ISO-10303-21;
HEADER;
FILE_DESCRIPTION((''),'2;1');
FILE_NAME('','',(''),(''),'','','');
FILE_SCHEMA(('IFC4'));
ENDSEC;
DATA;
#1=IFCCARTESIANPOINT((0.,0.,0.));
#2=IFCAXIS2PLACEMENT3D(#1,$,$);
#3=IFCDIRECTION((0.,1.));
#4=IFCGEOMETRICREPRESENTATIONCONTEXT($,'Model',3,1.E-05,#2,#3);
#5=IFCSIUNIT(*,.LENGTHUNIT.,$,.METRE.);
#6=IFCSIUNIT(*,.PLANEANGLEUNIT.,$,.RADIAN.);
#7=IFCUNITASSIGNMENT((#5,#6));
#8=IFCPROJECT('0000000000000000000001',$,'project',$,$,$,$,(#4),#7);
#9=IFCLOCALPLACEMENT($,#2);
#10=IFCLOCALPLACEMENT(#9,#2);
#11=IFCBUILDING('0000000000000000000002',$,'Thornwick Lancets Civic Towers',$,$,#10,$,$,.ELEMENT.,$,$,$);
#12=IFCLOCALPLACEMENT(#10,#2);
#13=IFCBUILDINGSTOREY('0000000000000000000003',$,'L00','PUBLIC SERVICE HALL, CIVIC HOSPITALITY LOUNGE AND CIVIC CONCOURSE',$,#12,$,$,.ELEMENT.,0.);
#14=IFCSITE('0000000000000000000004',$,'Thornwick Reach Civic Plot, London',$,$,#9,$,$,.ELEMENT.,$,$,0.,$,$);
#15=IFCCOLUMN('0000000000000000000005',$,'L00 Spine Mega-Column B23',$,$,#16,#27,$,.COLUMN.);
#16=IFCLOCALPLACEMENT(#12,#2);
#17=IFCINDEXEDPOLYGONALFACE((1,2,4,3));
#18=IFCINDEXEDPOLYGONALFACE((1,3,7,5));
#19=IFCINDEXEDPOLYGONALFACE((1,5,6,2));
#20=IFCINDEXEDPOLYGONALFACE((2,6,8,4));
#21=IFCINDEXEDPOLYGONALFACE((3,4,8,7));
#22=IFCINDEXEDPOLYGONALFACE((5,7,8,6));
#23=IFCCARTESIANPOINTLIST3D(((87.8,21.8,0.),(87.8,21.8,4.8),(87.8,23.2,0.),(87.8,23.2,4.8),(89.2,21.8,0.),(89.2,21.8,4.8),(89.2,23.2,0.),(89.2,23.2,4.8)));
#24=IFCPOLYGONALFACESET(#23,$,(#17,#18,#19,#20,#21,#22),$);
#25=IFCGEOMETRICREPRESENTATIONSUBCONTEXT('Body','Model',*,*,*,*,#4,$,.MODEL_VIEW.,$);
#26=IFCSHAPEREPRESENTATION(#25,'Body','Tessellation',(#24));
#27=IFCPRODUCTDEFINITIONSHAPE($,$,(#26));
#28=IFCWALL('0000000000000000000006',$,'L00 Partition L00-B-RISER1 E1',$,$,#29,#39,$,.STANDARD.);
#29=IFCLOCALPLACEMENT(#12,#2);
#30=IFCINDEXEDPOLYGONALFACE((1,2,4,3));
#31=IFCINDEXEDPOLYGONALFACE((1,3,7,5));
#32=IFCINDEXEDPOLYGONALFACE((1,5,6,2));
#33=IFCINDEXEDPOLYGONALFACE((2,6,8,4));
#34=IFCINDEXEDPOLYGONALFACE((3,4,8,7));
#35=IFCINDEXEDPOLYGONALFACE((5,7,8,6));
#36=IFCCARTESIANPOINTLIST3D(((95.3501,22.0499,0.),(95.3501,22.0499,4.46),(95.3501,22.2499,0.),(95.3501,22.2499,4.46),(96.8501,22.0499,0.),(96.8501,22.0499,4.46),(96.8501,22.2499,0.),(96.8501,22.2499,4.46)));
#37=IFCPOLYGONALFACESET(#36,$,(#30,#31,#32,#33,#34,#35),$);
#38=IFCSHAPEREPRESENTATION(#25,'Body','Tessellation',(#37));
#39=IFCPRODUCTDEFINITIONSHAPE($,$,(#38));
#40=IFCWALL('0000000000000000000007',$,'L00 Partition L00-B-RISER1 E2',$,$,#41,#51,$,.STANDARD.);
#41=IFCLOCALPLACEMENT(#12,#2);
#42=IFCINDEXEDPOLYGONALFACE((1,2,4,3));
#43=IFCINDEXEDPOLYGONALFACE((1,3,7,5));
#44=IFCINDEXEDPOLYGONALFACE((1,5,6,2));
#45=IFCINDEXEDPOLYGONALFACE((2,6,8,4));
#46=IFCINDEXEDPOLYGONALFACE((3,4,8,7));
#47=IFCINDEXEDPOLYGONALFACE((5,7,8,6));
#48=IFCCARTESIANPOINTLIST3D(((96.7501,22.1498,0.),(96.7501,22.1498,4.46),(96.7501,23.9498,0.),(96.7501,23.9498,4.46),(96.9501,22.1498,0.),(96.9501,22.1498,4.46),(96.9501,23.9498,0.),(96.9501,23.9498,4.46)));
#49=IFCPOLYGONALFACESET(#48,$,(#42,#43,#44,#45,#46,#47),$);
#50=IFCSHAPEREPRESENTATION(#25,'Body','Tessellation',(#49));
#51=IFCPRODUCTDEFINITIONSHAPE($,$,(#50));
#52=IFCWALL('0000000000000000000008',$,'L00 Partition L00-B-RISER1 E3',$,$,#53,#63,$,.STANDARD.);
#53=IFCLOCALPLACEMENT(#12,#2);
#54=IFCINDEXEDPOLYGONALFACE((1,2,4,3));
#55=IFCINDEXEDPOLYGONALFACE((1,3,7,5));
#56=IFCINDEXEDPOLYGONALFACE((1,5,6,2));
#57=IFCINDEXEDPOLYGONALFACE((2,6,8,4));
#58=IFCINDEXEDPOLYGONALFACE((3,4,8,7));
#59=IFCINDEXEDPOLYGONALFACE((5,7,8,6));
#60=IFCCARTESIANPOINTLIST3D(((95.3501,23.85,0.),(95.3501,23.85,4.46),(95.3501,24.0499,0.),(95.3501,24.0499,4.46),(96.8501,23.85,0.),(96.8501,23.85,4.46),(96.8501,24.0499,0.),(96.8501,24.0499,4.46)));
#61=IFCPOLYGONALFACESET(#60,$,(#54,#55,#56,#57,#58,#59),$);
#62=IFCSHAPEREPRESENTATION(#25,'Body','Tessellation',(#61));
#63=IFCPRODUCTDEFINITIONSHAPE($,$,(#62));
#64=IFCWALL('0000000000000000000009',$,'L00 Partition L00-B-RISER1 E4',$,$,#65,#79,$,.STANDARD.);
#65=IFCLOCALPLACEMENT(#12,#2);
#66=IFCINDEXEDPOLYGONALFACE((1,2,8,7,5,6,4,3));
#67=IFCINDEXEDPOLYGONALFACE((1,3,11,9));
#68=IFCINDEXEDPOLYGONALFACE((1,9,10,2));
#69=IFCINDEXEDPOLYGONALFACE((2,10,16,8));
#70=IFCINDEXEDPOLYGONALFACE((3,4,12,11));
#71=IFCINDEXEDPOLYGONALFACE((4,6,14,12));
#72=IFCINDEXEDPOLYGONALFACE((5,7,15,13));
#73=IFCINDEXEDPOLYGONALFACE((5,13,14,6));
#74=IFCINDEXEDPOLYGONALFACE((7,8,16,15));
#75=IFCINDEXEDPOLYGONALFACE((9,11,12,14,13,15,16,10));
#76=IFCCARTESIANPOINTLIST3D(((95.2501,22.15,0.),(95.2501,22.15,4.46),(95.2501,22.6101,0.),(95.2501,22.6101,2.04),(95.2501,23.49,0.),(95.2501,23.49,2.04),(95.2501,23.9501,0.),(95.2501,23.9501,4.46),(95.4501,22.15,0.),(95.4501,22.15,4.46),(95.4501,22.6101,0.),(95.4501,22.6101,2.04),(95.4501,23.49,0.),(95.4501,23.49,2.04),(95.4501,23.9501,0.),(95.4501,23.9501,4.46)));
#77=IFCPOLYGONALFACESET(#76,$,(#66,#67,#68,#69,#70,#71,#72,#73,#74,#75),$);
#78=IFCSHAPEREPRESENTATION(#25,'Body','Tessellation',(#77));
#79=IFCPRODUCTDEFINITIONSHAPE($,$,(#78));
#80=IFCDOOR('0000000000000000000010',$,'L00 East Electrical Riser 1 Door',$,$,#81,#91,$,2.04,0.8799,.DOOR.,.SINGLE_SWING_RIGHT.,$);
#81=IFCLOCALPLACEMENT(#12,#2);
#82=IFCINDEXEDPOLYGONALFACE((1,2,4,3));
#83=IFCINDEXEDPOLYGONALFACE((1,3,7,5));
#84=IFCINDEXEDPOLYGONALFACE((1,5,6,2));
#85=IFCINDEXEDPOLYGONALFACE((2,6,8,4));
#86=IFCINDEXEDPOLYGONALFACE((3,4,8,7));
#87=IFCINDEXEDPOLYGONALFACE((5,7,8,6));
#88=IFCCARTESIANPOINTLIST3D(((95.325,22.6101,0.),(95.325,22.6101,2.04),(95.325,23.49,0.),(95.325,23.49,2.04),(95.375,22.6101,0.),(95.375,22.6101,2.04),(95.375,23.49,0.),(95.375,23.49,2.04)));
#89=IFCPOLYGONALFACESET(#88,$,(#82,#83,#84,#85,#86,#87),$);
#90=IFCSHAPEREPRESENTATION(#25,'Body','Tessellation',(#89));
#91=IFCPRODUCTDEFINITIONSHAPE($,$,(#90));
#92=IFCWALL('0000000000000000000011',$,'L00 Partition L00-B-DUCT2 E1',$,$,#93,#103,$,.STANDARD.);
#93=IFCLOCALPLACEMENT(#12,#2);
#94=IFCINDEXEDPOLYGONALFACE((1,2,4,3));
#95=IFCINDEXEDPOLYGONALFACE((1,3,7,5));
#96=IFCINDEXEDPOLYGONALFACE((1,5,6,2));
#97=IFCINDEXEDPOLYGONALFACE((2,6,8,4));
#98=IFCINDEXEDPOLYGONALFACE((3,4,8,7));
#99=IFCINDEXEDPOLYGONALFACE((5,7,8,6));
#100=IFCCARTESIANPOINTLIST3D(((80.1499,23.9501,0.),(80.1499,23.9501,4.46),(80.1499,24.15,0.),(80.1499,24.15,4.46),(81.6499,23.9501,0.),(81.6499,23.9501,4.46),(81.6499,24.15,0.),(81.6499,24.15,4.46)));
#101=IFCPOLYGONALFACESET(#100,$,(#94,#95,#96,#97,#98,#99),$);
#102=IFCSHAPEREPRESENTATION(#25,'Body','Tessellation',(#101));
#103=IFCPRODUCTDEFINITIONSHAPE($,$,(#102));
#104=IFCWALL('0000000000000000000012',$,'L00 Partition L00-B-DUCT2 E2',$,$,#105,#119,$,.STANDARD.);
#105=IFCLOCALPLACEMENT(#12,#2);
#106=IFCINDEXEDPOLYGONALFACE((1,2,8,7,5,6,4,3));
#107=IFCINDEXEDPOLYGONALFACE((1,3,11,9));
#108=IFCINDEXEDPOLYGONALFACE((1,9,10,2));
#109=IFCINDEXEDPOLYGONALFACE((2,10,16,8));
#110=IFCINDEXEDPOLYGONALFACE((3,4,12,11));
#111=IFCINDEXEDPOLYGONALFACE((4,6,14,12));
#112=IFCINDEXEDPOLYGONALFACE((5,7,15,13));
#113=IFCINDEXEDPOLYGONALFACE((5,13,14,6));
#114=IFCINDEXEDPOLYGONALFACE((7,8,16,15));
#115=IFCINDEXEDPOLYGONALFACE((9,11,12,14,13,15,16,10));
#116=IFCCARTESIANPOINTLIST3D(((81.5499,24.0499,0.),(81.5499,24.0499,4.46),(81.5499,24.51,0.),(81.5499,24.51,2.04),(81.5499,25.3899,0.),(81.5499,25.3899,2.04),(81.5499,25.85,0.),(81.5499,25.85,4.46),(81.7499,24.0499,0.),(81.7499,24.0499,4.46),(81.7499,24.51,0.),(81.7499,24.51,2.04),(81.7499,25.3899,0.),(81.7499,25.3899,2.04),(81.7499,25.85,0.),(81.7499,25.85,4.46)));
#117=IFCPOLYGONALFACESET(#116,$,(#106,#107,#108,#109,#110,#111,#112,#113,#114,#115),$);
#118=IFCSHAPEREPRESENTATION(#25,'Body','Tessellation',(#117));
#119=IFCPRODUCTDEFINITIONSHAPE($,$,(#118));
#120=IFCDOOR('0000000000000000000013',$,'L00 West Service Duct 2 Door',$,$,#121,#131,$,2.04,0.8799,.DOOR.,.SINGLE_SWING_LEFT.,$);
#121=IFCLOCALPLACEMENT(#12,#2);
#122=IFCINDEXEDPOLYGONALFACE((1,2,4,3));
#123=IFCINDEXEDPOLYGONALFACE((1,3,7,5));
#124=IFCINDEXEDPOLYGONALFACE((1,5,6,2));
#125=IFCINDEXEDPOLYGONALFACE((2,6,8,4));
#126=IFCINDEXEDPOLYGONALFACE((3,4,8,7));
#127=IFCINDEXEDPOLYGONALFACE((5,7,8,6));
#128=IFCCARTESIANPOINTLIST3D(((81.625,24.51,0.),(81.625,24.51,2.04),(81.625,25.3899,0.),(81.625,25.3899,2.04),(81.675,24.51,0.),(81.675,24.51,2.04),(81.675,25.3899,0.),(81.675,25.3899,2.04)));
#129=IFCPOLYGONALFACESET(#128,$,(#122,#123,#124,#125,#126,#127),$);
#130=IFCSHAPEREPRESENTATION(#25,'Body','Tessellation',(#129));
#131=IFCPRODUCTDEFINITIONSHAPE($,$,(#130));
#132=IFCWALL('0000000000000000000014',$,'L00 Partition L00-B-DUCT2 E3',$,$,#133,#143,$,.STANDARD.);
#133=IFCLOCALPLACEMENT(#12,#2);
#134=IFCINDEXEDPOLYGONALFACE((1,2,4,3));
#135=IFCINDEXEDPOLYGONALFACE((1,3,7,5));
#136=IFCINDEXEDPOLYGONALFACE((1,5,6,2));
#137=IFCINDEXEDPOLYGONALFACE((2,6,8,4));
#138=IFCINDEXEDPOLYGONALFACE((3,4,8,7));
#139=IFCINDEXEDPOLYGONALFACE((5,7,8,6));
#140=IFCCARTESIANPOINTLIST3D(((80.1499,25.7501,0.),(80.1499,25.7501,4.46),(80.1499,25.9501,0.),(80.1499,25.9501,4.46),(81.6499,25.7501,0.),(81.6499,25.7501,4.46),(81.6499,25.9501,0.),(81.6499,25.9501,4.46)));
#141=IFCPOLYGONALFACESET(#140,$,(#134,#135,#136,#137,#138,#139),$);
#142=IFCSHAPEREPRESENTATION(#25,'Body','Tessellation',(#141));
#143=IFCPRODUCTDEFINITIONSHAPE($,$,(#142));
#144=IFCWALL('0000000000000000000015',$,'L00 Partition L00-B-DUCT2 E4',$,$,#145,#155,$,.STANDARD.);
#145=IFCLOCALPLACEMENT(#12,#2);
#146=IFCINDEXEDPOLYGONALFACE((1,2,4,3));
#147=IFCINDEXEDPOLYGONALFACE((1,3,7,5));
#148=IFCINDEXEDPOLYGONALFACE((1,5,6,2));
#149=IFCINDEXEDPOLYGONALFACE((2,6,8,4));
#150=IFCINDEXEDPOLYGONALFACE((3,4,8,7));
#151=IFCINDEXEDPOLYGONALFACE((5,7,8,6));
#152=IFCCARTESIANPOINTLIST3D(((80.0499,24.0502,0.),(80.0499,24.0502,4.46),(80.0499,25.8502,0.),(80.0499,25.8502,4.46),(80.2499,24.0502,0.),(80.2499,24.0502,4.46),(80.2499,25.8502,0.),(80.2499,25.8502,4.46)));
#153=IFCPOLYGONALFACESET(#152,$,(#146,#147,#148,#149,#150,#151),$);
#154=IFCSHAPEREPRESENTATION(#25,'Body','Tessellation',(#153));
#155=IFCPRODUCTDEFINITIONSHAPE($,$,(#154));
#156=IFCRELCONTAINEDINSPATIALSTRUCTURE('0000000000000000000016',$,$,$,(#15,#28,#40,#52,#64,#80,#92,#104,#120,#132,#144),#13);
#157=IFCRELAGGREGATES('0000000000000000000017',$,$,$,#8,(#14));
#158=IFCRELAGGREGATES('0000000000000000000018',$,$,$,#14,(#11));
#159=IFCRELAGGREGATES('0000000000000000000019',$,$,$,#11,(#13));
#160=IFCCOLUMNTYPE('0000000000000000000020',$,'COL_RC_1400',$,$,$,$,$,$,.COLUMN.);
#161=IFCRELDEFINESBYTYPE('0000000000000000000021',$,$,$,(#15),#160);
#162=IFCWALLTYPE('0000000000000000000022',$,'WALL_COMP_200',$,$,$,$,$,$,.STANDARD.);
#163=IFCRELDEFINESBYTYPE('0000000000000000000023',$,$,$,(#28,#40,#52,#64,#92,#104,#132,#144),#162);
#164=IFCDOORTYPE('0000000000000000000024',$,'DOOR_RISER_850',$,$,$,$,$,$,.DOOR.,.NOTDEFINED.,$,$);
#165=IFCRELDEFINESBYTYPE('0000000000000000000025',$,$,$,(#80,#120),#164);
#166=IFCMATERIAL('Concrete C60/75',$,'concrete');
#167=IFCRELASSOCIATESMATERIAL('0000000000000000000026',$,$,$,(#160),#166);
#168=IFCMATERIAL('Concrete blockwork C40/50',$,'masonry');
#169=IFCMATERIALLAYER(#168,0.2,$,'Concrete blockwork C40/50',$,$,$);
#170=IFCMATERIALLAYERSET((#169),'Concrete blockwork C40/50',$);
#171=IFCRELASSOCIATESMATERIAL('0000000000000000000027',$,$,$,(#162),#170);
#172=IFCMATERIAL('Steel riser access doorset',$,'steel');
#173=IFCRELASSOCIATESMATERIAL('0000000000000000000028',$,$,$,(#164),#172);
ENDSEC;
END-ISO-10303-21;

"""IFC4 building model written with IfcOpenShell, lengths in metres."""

from ifc_helpers import new_model, si_unit, direction, frame, frame_2d, origin, origin_2d, place, context, subcontext, project, spatial, rectangle, extrude, material, layer, layer_set, material_profile, profile_set, type_object, element, fill, save


model = new_model("IFC4")

# Units and contexts
model_context = context("Model", 3, precision=1e-05, world=origin(), true_north=direction((0.0, 1.0)))
body_context = subcontext(model_context, "Body", "Model", "MODEL_VIEW")
ifc_project = project(units=[si_unit("LENGTHUNIT", "METRE"), si_unit("PLANEANGLEUNIT", "RADIAN")], contexts=[model_context])

# Site, building, storey
site_placement = place(None, origin())
site = spatial("IfcSite", under=ifc_project, at=site_placement, Name="Thornwick Reach Civic Plot, London", CompositionType="ELEMENT", RefElevation=0.0)
building_placement = place(site_placement, origin())
building = spatial("IfcBuilding", under=site, at=building_placement, Name="Thornwick Lancets Civic Towers", CompositionType="ELEMENT")
storey_placement = place(building_placement, origin())
storey = spatial("IfcBuildingStorey", under=building, at=storey_placement, Name="L00", Description="PUBLIC SERVICE HALL, CIVIC HOSPITALITY LOUNGE AND CIVIC CONCOURSE", CompositionType="ELEMENT", Elevation=0.0)

# Column
ifc_material_1 = material(Name="Concrete C60/75", Category="concrete")
ifc_material_profile = material_profile(ifc_material_1, rectangle(XDim=1.3999, YDim=1.3999, at=origin_2d()), Name="RC 1400x1400")
ifc_profile_set = profile_set([ifc_material_profile], Name="Concrete C60/75")
column_type = type_object("IfcColumnType", Name="COL_RC_1400", PredefinedType="COLUMN", material=ifc_profile_set)
column_placement = place(storey_placement, frame((88.5, 22.5, 0.0), z_axis=(0.0, 0.0, 1.0), x_axis=(1.0, 0.0, 0.0)))
element("IfcColumn", 1, at=column_placement, inside=storey, type_object=column_type, Name="L00 Spine Mega-Column B23", PredefinedType="COLUMN", context=body_context, shape_type="SweptSolid", body=[
    extrude(rectangle(XDim=1.3999, YDim=1.3999, at=origin_2d()), origin(), (0.0, 0.0, 1.0), 4.8),
])

# Walls
ifc_material_2 = material(Name="Concrete blockwork C40/50", Category="masonry")
ifc_layer_1 = layer(ifc_material_2, 0.2, Name="Concrete blockwork C40/50")
ifc_layer_set_1 = layer_set([ifc_layer_1], Name="Concrete blockwork C40/50")
wall_type_1 = type_object("IfcWallType", Name="WALL_COMP_200", PredefinedType="STANDARD", material=ifc_layer_set_1)
wall_1_placement = place(storey_placement, frame((95.3501, 22.1499, 0.0), z_axis=(0.0, 0.0, 1.0), x_axis=(1.0, 0.0, 0.0)))
element("IfcWall", 2, at=wall_1_placement, inside=storey, type_object=wall_type_1, Name="L00 Partition L00-B-RISER1 E1", PredefinedType="STANDARD", context=body_context, shape_type="SweptSolid", body=[
    extrude(rectangle(XDim=1.5, YDim=0.2, at=frame_2d((0.75, 0.0))), origin(), (0.0, 0.0, 1.0), 4.46),
])
wall_2_placement = place(storey_placement, frame((96.8501, 22.1499, 0.0), z_axis=(0.0, 0.0, 1.0), x_axis=(0.0, 1.0, 0.0)))
element("IfcWall", 3, at=wall_2_placement, inside=storey, type_object=wall_type_1, Name="L00 Partition L00-B-RISER1 E2", PredefinedType="STANDARD", context=body_context, shape_type="SweptSolid", body=[
    extrude(rectangle(XDim=1.8, YDim=0.2, at=frame_2d((0.8999, 0.0))), origin(), (0.0, 0.0, 1.0), 4.46),
])
wall_3_placement = place(storey_placement, frame((96.8501, 23.95, 0.0), z_axis=(0.0, 0.0, 1.0), x_axis=(-1.0, 0.0, 0.0)))
element("IfcWall", 4, at=wall_3_placement, inside=storey, type_object=wall_type_1, Name="L00 Partition L00-B-RISER1 E3", PredefinedType="STANDARD", context=body_context, shape_type="SweptSolid", body=[
    extrude(rectangle(XDim=1.5, YDim=0.2, at=frame_2d((0.75, 0.0))), origin(), (0.0, 0.0, 1.0), 4.46),
])

# Wall, opening, door
wall_4_placement = place(storey_placement, frame((95.3501, 23.95, 0.0), z_axis=(0.0, 0.0, 1.0), x_axis=(0.0, -1.0, 0.0)))
wall_4 = element("IfcWall", 5, at=wall_4_placement, inside=storey, type_object=wall_type_1, Name="L00 Partition L00-B-RISER1 E4", PredefinedType="STANDARD", context=body_context, shape_type="SweptSolid", body=[
    extrude(rectangle(XDim=1.8, YDim=0.2, at=frame_2d((0.8999, 0.0))), origin(), (0.0, 0.0, 1.0), 4.46),
])
opening_1_placement = place(wall_4_placement, frame((0.46, 0.0, 0.0)))
opening_1 = element("IfcOpeningElement", 6, at=opening_1_placement, cuts=wall_4, PredefinedType="OPENING", context=body_context, shape_type="SweptSolid", body=[
    extrude(rectangle(XDim=0.8799, YDim=2.04, at=frame_2d((0.4399, 1.02))), frame((0.0, 0.1099, 0.0), z_axis=(0.0, -1.0, 0.0), x_axis=(1.0, 0.0, 0.0)), (0.0, 0.0, 1.0), 0.22),
])
ifc_material_3 = material(Name="Steel riser access doorset", Category="steel")
door_type_1 = type_object("IfcDoorType", Name="DOOR_RISER_850", OperationType="NOTDEFINED", PredefinedType="DOOR", material=ifc_material_3)
door_1_placement = place(opening_1_placement, origin())
door_1 = element("IfcDoor", 7, at=door_1_placement, inside=storey, type_object=door_type_1, Name="L00 East Electrical Riser 1 Door", OperationType="SINGLE_SWING_RIGHT", OverallHeight=2.04, OverallWidth=0.8799, PredefinedType="DOOR", context=body_context, shape_type="SweptSolid", body=[
    extrude(rectangle(XDim=0.8799, YDim=2.04, at=frame_2d((0.4399, 1.02))), frame((0.0, 0.0249, 0.0), z_axis=(0.0, -1.0, 0.0), x_axis=(1.0, 0.0, 0.0)), (0.0, 0.0, 1.0), 0.05),
])
fill(opening_1, door_1)

# Wall
wall_5_placement = place(storey_placement, frame((80.1499, 24.05, 0.0), z_axis=(0.0, 0.0, 1.0), x_axis=(1.0, 0.0, 0.0)))
element("IfcWall", 8, at=wall_5_placement, inside=storey, type_object=wall_type_1, Name="L00 Partition L00-B-DUCT2 E1", PredefinedType="STANDARD", context=body_context, shape_type="SweptSolid", body=[
    extrude(rectangle(XDim=1.5, YDim=0.2, at=frame_2d((0.75, 0.0))), origin(), (0.0, 0.0, 1.0), 4.46),
])

# Wall, opening, door
wall_6_placement = place(storey_placement, frame((81.6499, 24.05, 0.0), z_axis=(0.0, 0.0, 1.0), x_axis=(0.0, 1.0, 0.0)))
wall_6 = element("IfcWall", 9, at=wall_6_placement, inside=storey, type_object=wall_type_1, Name="L00 Partition L00-B-DUCT2 E2", PredefinedType="STANDARD", context=body_context, shape_type="SweptSolid", body=[
    extrude(rectangle(XDim=1.8, YDim=0.2, at=frame_2d((0.8999, 0.0))), origin(), (0.0, 0.0, 1.0), 4.46),
])
opening_2_placement = place(wall_6_placement, frame((0.46, 0.0, 0.0)))
opening_2 = element("IfcOpeningElement", 10, at=opening_2_placement, cuts=wall_6, PredefinedType="OPENING", context=body_context, shape_type="SweptSolid", body=[
    extrude(rectangle(XDim=0.8799, YDim=2.04, at=frame_2d((0.4399, 1.02))), frame((0.0, 0.1099, 0.0), z_axis=(0.0, -1.0, 0.0), x_axis=(1.0, 0.0, 0.0)), (0.0, 0.0, 1.0), 0.22),
])
door_2_placement = place(opening_2_placement, origin())
door_2 = element("IfcDoor", 11, at=door_2_placement, inside=storey, type_object=door_type_1, Name="L00 West Service Duct 2 Door", OperationType="SINGLE_SWING_LEFT", OverallHeight=2.04, OverallWidth=0.8799, PredefinedType="DOOR", context=body_context, shape_type="SweptSolid", body=[
    extrude(rectangle(XDim=0.8799, YDim=2.04, at=frame_2d((0.4399, 1.02))), frame((0.0, 0.0249, 0.0), z_axis=(0.0, -1.0, 0.0), x_axis=(1.0, 0.0, 0.0)), (0.0, 0.0, 1.0), 0.05),
])
fill(opening_2, door_2)

# Walls
wall_7_placement = place(storey_placement, frame((81.6499, 25.8501, 0.0), z_axis=(0.0, 0.0, 1.0), x_axis=(-1.0, 0.0, 0.0)))
element("IfcWall", 12, at=wall_7_placement, inside=storey, type_object=wall_type_1, Name="L00 Partition L00-B-DUCT2 E3", PredefinedType="STANDARD", context=body_context, shape_type="SweptSolid", body=[
    extrude(rectangle(XDim=1.5, YDim=0.2, at=frame_2d((0.75, 0.0))), origin(), (0.0, 0.0, 1.0), 4.46),
])
wall_8_placement = place(storey_placement, frame((80.1499, 25.8501, 0.0), z_axis=(0.0, 0.0, 1.0), x_axis=(0.0, -1.0, 0.0)))
element("IfcWall", 13, at=wall_8_placement, inside=storey, type_object=wall_type_1, Name="L00 Partition L00-B-DUCT2 E4", PredefinedType="STANDARD", context=body_context, shape_type="SweptSolid", body=[
    extrude(rectangle(XDim=1.8, YDim=0.2, at=frame_2d((0.8999, 0.0))), origin(), (0.0, 0.0, 1.0), 4.46),
])

save(model, "model.ifc")
